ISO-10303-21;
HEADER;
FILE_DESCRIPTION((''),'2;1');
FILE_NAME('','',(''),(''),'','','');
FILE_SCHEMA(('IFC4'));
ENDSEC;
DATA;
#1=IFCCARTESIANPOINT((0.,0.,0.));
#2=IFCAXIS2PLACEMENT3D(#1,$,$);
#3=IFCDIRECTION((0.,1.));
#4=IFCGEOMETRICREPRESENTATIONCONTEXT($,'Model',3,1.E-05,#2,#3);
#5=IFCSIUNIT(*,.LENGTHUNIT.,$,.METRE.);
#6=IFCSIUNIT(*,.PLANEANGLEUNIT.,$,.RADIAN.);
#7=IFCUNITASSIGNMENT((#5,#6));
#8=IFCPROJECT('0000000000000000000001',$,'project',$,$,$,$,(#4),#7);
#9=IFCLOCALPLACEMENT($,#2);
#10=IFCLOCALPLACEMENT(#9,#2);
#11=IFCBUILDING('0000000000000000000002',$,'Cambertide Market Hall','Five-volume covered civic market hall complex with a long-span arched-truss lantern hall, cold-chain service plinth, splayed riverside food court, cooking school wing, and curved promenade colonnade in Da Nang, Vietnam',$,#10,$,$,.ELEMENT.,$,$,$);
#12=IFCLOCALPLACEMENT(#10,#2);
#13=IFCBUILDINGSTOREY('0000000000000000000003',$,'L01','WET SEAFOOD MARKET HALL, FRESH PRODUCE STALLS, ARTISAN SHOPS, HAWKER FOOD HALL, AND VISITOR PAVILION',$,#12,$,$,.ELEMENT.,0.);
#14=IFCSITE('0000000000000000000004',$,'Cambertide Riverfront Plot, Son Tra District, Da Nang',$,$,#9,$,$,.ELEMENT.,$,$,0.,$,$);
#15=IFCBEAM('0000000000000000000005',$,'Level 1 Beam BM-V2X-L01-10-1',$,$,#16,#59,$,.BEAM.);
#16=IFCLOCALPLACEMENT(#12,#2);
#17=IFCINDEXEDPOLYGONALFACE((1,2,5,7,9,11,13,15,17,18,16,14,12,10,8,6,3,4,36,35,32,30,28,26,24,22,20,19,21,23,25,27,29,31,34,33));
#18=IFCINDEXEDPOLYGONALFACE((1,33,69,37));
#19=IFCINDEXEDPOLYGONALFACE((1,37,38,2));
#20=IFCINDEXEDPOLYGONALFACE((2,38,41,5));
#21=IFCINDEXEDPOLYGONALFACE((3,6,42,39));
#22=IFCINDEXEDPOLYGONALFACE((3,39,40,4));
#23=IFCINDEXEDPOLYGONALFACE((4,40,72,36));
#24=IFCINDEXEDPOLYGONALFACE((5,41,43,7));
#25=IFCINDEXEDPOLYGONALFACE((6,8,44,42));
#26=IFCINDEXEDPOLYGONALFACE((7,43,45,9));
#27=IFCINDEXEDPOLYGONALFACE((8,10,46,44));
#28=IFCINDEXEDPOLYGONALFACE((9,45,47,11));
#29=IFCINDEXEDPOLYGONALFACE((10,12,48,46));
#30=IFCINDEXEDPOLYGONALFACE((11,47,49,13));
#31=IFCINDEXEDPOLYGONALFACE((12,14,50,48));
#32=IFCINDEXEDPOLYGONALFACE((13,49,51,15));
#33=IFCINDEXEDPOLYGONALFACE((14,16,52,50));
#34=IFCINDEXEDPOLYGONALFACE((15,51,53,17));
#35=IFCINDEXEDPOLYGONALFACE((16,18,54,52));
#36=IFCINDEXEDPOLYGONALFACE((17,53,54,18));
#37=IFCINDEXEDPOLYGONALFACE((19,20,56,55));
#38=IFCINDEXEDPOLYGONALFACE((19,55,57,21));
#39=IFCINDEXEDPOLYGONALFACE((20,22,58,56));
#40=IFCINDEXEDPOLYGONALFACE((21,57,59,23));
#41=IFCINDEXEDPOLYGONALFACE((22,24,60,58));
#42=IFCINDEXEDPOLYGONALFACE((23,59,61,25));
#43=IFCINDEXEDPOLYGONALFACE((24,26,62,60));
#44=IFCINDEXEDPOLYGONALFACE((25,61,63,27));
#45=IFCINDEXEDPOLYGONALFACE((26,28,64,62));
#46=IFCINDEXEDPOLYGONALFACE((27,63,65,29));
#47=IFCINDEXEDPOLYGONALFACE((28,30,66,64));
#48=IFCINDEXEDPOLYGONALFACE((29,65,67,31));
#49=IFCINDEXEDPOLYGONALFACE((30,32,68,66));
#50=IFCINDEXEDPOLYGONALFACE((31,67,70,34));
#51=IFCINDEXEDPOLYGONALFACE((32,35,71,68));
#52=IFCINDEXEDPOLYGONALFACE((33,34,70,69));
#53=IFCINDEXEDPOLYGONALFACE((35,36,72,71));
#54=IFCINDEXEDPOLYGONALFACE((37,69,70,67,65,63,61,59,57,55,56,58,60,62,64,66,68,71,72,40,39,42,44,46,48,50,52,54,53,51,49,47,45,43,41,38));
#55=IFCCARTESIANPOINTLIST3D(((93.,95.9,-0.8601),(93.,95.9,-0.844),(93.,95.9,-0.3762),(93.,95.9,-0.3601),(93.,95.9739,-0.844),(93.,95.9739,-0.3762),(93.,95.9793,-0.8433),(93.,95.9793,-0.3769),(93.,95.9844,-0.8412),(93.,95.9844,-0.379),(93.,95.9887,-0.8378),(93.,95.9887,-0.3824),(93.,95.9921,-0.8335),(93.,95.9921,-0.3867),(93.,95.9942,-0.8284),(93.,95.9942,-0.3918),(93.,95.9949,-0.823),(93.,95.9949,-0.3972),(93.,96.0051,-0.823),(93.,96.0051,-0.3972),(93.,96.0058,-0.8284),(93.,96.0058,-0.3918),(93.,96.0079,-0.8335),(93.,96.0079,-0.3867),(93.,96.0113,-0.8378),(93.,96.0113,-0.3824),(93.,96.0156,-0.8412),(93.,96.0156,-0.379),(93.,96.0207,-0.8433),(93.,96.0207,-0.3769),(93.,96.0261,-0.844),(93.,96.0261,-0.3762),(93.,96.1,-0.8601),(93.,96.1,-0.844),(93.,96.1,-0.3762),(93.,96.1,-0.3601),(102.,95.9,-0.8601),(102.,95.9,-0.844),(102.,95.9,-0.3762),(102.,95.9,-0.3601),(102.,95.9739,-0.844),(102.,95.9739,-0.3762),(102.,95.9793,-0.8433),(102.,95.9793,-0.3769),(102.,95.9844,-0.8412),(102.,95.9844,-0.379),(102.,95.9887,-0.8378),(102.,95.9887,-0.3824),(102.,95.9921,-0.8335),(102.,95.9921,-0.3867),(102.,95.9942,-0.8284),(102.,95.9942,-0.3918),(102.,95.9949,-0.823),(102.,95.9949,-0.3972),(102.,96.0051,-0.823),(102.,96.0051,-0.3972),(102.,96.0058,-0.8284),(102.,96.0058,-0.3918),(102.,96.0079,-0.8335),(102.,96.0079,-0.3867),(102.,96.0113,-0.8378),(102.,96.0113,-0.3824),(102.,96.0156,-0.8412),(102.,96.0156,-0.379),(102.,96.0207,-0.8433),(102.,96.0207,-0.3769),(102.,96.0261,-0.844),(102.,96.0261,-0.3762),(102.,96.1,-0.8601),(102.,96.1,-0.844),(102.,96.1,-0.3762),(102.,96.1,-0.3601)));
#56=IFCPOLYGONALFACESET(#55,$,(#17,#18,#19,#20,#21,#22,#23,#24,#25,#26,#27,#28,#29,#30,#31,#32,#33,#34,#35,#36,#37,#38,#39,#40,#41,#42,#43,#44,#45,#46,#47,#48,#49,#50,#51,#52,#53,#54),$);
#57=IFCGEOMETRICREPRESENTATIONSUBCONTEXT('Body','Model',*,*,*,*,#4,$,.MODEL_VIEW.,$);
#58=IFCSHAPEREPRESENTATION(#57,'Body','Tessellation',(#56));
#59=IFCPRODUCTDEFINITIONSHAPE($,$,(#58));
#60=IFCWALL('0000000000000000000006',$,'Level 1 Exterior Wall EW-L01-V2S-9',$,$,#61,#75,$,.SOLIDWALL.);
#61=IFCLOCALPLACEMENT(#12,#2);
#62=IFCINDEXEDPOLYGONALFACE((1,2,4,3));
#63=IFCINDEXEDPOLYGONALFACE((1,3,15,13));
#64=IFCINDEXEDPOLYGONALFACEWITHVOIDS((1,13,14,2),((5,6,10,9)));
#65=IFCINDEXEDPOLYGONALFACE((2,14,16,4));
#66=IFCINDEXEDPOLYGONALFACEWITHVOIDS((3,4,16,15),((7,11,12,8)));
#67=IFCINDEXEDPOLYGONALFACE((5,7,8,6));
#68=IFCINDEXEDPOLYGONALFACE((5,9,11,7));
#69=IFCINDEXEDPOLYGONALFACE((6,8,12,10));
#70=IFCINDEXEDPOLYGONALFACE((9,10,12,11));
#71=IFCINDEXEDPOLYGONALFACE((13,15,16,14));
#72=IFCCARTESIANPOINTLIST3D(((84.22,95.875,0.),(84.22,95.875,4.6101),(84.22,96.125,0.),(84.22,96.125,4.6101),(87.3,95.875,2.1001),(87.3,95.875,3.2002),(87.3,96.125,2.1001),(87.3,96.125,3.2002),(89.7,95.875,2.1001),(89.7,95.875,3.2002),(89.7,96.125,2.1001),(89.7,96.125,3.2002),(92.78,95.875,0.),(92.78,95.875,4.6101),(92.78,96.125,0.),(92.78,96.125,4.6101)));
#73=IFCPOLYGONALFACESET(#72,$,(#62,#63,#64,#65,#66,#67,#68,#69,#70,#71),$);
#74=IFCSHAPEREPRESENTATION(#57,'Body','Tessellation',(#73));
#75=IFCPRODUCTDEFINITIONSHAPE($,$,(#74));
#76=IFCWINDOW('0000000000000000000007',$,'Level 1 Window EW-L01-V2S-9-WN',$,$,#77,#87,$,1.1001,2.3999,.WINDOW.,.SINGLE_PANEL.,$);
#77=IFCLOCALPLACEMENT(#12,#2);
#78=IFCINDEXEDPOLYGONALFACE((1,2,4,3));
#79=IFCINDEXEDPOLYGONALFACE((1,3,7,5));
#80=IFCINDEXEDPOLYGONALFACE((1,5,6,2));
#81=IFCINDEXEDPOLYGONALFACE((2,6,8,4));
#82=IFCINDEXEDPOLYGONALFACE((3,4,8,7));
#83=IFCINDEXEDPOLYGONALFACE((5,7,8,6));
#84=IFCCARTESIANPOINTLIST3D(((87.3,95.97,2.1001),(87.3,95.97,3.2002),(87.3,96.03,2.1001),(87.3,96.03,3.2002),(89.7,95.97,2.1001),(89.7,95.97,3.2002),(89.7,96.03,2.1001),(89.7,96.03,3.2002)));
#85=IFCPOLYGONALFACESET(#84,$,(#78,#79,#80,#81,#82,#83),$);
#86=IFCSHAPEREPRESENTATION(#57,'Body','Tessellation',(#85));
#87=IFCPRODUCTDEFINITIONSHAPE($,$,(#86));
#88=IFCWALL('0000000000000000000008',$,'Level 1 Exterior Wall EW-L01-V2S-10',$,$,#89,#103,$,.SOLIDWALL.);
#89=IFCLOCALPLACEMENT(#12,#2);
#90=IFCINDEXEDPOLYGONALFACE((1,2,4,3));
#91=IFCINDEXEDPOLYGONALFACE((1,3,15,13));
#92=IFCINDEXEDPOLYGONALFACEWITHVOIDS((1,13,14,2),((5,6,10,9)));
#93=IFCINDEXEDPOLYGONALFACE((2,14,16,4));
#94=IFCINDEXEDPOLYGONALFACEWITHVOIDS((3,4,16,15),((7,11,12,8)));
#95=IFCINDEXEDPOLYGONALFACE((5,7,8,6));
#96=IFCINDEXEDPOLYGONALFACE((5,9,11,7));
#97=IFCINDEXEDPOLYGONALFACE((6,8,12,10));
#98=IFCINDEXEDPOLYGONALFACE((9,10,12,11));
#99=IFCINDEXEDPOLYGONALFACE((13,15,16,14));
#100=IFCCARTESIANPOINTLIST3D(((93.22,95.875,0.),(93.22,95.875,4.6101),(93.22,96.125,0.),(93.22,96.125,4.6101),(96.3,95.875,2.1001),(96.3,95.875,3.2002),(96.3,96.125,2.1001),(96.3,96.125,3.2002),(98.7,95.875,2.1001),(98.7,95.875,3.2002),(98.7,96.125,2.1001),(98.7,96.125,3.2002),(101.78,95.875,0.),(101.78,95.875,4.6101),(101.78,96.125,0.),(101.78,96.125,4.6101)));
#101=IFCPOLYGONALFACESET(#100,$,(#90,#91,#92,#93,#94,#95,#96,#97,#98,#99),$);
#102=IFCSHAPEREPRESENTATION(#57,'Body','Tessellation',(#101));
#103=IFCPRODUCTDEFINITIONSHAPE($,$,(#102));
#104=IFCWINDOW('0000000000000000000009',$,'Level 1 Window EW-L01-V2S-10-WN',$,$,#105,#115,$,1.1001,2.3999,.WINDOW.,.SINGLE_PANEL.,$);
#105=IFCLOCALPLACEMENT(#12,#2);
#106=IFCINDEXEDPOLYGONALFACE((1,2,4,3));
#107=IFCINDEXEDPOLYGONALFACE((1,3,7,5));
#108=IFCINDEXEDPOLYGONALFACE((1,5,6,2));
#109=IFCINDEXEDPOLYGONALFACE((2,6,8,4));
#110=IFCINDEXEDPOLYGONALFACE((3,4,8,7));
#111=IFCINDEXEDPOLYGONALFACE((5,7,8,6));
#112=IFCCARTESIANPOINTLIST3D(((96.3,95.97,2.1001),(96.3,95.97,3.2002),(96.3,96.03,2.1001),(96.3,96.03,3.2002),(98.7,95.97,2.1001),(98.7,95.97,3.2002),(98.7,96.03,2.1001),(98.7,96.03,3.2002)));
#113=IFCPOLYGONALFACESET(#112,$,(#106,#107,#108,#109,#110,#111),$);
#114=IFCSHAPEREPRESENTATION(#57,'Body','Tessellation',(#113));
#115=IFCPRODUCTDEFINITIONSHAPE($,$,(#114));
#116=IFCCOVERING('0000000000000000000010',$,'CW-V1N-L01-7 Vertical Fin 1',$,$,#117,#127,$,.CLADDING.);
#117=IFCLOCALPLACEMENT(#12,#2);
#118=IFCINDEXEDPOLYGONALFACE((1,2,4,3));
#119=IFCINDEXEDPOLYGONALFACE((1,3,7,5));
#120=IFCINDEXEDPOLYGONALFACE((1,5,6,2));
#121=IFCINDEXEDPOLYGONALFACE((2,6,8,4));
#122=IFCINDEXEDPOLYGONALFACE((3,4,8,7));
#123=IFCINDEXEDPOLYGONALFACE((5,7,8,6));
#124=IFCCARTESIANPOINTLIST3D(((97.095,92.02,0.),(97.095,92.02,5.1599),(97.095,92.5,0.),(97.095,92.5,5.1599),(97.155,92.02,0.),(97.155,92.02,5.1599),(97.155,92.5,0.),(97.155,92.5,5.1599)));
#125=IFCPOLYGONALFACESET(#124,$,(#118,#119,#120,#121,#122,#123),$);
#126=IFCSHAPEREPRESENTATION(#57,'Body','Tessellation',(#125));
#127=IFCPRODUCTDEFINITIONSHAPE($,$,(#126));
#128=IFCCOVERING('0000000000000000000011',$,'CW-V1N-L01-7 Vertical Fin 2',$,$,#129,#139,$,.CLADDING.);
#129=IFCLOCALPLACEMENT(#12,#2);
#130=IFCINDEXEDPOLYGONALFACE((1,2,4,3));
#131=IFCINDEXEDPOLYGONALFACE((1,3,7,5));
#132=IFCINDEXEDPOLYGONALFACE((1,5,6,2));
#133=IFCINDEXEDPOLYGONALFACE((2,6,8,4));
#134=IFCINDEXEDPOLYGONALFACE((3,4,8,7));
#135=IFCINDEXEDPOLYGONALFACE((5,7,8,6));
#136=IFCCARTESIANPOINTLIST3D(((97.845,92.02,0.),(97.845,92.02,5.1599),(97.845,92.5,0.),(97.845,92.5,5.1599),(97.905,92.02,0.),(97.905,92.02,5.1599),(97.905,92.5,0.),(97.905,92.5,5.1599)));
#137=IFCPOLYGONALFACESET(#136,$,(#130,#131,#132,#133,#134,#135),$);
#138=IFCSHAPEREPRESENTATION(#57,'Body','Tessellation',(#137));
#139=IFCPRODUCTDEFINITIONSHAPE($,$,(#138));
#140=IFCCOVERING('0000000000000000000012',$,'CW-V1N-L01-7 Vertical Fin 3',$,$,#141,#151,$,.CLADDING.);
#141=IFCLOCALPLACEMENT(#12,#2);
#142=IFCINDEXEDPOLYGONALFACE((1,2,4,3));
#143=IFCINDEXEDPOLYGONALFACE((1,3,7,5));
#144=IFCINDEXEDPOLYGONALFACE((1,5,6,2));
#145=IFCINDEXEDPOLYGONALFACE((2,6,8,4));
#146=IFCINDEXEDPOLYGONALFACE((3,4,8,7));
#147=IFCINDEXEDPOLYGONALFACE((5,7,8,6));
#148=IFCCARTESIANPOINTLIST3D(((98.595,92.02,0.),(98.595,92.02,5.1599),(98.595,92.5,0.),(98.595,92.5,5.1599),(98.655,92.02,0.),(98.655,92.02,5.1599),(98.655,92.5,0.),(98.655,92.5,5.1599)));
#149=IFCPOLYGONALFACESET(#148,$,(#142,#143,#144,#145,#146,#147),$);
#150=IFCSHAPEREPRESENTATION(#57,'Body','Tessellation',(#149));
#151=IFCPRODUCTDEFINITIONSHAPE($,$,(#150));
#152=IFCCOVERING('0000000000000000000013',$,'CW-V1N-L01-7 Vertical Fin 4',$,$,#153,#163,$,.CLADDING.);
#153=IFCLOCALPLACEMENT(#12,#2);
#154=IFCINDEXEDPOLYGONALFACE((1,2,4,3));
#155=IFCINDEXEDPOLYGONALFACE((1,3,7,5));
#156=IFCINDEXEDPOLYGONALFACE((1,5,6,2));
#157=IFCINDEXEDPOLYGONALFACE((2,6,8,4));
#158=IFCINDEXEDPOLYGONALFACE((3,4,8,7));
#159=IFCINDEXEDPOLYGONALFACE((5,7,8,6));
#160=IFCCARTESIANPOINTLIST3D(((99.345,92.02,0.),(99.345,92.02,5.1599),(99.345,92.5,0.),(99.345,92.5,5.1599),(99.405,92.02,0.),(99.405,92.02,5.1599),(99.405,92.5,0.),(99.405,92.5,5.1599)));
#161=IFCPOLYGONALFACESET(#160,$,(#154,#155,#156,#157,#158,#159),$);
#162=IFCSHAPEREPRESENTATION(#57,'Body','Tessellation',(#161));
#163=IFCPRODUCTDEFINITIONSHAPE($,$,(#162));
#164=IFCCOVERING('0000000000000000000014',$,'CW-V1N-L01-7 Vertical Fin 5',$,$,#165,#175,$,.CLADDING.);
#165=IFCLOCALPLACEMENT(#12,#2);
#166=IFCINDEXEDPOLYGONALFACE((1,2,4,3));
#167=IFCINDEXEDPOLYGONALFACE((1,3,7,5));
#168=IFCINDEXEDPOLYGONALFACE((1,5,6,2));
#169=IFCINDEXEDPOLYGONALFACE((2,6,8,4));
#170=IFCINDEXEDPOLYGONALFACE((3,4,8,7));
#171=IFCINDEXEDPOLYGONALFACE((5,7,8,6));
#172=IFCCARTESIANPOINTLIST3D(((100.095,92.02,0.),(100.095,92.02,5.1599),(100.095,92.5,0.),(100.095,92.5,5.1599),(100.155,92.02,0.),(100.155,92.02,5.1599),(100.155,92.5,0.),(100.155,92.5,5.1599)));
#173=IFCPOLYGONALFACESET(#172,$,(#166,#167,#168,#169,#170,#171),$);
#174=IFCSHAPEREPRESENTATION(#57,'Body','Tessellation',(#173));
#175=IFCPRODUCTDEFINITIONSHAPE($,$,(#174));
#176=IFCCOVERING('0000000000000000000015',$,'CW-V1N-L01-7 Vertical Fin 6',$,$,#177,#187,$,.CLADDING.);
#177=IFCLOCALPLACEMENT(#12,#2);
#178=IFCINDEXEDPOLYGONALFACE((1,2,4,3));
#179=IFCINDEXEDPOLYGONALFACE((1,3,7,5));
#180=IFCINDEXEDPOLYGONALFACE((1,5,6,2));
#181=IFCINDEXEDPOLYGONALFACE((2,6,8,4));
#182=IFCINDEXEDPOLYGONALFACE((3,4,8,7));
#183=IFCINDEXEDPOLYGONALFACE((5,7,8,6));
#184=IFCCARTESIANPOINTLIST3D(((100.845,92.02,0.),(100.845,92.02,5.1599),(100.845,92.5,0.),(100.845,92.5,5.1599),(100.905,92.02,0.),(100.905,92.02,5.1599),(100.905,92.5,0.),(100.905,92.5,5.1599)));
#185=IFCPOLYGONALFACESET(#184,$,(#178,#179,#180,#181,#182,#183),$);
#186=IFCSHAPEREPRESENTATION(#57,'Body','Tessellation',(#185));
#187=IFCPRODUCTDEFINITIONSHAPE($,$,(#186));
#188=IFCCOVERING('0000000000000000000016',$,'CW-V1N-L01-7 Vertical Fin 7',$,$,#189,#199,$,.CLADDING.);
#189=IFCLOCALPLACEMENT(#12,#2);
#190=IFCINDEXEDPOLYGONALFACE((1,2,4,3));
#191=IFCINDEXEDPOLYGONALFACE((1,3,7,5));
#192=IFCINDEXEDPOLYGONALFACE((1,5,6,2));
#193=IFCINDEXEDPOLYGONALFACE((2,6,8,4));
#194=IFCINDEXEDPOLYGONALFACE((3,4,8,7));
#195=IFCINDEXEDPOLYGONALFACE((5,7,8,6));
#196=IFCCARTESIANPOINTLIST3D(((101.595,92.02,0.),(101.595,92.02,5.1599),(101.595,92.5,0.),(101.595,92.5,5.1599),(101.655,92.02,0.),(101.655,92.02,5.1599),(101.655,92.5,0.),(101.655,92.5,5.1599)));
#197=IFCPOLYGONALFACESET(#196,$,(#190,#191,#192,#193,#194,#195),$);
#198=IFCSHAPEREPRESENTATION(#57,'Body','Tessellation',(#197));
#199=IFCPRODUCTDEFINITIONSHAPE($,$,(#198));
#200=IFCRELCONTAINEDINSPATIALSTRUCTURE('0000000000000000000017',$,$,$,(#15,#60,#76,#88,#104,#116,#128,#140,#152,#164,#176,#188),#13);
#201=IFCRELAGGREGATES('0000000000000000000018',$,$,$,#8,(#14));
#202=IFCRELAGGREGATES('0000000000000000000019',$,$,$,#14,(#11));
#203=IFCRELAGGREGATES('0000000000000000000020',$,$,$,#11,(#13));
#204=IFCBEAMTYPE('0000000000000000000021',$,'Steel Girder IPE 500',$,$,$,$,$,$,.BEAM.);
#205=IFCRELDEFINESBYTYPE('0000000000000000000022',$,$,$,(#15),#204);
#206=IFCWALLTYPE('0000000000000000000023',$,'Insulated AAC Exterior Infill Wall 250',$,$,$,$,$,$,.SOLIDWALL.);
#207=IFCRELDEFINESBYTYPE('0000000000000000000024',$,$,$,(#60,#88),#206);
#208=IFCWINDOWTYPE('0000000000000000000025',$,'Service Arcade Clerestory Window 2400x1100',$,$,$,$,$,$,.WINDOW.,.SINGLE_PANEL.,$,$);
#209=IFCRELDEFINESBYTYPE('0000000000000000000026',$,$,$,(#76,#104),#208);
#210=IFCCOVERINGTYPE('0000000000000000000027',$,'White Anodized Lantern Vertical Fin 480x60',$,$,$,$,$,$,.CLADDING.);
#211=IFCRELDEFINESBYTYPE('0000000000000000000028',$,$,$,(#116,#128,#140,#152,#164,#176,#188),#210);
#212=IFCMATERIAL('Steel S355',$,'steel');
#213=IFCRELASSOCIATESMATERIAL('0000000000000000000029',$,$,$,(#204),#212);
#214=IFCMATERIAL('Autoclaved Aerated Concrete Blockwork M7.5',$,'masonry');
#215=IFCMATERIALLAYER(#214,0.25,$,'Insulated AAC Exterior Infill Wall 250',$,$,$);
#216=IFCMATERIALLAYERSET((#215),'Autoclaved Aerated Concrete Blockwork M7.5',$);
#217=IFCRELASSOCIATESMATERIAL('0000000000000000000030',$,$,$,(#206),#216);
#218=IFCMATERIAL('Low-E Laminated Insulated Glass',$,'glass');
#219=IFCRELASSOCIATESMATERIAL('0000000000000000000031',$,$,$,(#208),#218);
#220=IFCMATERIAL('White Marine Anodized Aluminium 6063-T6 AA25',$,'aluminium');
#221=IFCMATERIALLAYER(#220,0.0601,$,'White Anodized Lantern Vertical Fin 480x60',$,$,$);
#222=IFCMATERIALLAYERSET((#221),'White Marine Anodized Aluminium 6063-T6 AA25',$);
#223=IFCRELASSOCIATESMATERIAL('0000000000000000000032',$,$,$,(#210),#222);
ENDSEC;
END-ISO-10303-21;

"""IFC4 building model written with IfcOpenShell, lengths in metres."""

from ifc_helpers import new_model, si_unit, direction, frame, frame_2d, origin, origin_2d, place, context, subcontext, project, spatial, rectangle, i_section, extrude, material, layer, layer_set, material_profile, profile_set, type_object, element, fill, save


model = new_model("IFC4")

# Units and contexts
model_context = context("Model", 3, precision=1e-05, world=origin(), true_north=direction((0.0, 1.0)))
body_context = subcontext(model_context, "Body", "Model", "MODEL_VIEW")
ifc_project = project(units=[si_unit("LENGTHUNIT", "METRE"), si_unit("PLANEANGLEUNIT", "RADIAN")], contexts=[model_context])

# Site, building, storey
site_placement = place(None, origin())
site = spatial("IfcSite", under=ifc_project, at=site_placement, Name="Cambertide Riverfront Plot, Son Tra District, Da Nang", CompositionType="ELEMENT", RefElevation=0.0)
building_placement = place(site_placement, origin())
building = spatial("IfcBuilding", under=site, at=building_placement, Name="Cambertide Market Hall", Description="Five-volume covered civic market hall complex with a long-span arched-truss lantern hall, cold-chain service plinth, splayed riverside food court, cooking school wing, and curved promenade colonnade in Da Nang, Vietnam", CompositionType="ELEMENT")
storey_placement = place(building_placement, origin())
storey = spatial("IfcBuildingStorey", under=building, at=storey_placement, Name="L01", Description="WET SEAFOOD MARKET HALL, FRESH PRODUCE STALLS, ARTISAN SHOPS, HAWKER FOOD HALL, AND VISITOR PAVILION", CompositionType="ELEMENT", Elevation=0.0)

# Beam
ifc_material_1 = material(Name="Steel S355", Category="steel")
ifc_material_profile_1 = material_profile(ifc_material_1, i_section(OverallWidth=0.2, OverallDepth=0.5, WebThickness=0.0103, FlangeThickness=0.0161, FilletRadius=0.021, at=origin_2d()), Name="IPE 500")
ifc_profile_set_1 = profile_set([ifc_material_profile_1], Name="Steel S355")
beam_type_1 = type_object("IfcBeamType", Name="Steel Girder IPE 500", PredefinedType="BEAM", material=ifc_profile_set_1)
beam_1_placement = place(storey_placement, frame((93.0, 96.0, -0.6101), z_axis=(1.0, 0.0, 0.0), x_axis=(0.0, 1.0, 0.0)))
element("IfcBeam", 1, at=beam_1_placement, inside=storey, type_object=beam_type_1, Name="Level 1 Beam BM-V2X-L01-10-1", PredefinedType="BEAM", context=body_context, shape_type="SweptSolid", body=[
    extrude(i_section(OverallWidth=0.2, OverallDepth=0.5, WebThickness=0.0103, FlangeThickness=0.0161, FilletRadius=0.021, at=origin_2d()), origin(), (0.0, 0.0, 1.0), 9.0),
])

# Walls, openings, windows
ifc_material_2 = material(Name="Autoclaved Aerated Concrete Blockwork M7.5", Category="masonry")
ifc_layer_1 = layer(ifc_material_2, 0.25, Name="Insulated AAC Exterior Infill Wall 250")
ifc_layer_set_1 = layer_set([ifc_layer_1], Name="Autoclaved Aerated Concrete Blockwork M7.5")
wall_type = type_object("IfcWallType", Name="Insulated AAC Exterior Infill Wall 250", PredefinedType="SOLIDWALL", material=ifc_layer_set_1)
wall_1_placement = place(storey_placement, frame((92.78, 96.0, 0.0), z_axis=(0.0, 0.0, 1.0), x_axis=(-1.0, 0.0, 0.0)))
wall_1 = element("IfcWall", 2, at=wall_1_placement, inside=storey, type_object=wall_type, Name="Level 1 Exterior Wall EW-L01-V2S-9", PredefinedType="SOLIDWALL", context=body_context, shape_type="SweptSolid", body=[
    extrude(rectangle(XDim=8.5601, YDim=0.25, at=frame_2d((4.28, 0.0))), origin(), (0.0, 0.0, 1.0), 4.6101),
])
opening_1_placement = place(wall_1_placement, frame((3.0801, 0.0, 2.1001)))
opening_1 = element("IfcOpeningElement", 3, at=opening_1_placement, cuts=wall_1, PredefinedType="OPENING", context=body_context, shape_type="SweptSolid", body=[
    extrude(rectangle(XDim=2.3999, YDim=1.1001, at=frame_2d((1.2, 0.55))), frame((0.0, 0.135, 0.0), z_axis=(0.0, -1.0, 0.0), x_axis=(1.0, 0.0, 0.0)), (0.0, 0.0, 1.0), 0.27),
])
ifc_material_3 = material(Name="Low-E Laminated Insulated Glass", Category="glass")
window_type = type_object("IfcWindowType", Name="Service Arcade Clerestory Window 2400x1100", PartitioningType="SINGLE_PANEL", PredefinedType="WINDOW", material=ifc_material_3)
window_1_placement = place(opening_1_placement, origin())
window_1 = element("IfcWindow", 4, at=window_1_placement, inside=storey, type_object=window_type, Name="Level 1 Window EW-L01-V2S-9-WN", OverallHeight=1.1001, OverallWidth=2.3999, PartitioningType="SINGLE_PANEL", PredefinedType="WINDOW", context=body_context, shape_type="SweptSolid", body=[
    extrude(rectangle(XDim=2.3999, YDim=1.1001, at=frame_2d((1.2, 0.55))), frame((0.0, 0.03, 0.0), z_axis=(0.0, -1.0, 0.0), x_axis=(1.0, 0.0, 0.0)), (0.0, 0.0, 1.0), 0.0601),
])
fill(opening_1, window_1)
wall_2_placement = place(storey_placement, frame((101.78, 96.0, 0.0), z_axis=(0.0, 0.0, 1.0), x_axis=(-1.0, 0.0, 0.0)))
wall_2 = element("IfcWall", 5, at=wall_2_placement, inside=storey, type_object=wall_type, Name="Level 1 Exterior Wall EW-L01-V2S-10", PredefinedType="SOLIDWALL", context=body_context, shape_type="SweptSolid", body=[
    extrude(rectangle(XDim=8.5601, YDim=0.25, at=frame_2d((4.28, 0.0))), origin(), (0.0, 0.0, 1.0), 4.6101),
])
opening_2_placement = place(wall_2_placement, frame((3.0801, 0.0, 2.1001)))
opening_2 = element("IfcOpeningElement", 6, at=opening_2_placement, cuts=wall_2, PredefinedType="OPENING", context=body_context, shape_type="SweptSolid", body=[
    extrude(rectangle(XDim=2.3999, YDim=1.1001, at=frame_2d((1.2, 0.55))), frame((0.0, 0.135, 0.0), z_axis=(0.0, -1.0, 0.0), x_axis=(1.0, 0.0, 0.0)), (0.0, 0.0, 1.0), 0.27),
])
window_2_placement = place(opening_2_placement, origin())
window_2 = element("IfcWindow", 7, at=window_2_placement, inside=storey, type_object=window_type, Name="Level 1 Window EW-L01-V2S-10-WN", OverallHeight=1.1001, OverallWidth=2.3999, PartitioningType="SINGLE_PANEL", PredefinedType="WINDOW", context=body_context, shape_type="SweptSolid", body=[
    extrude(rectangle(XDim=2.3999, YDim=1.1001, at=frame_2d((1.2, 0.55))), frame((0.0, 0.03, 0.0), z_axis=(0.0, -1.0, 0.0), x_axis=(1.0, 0.0, 0.0)), (0.0, 0.0, 1.0), 0.0601),
])
fill(opening_2, window_2)

# Coverings
ifc_material_4 = material(Name="White Marine Anodized Aluminium 6063-T6 AA25", Category="aluminium")
ifc_layer_2 = layer(ifc_material_4, 0.0601, Name="White Anodized Lantern Vertical Fin 480x60")
ifc_layer_set_2 = layer_set([ifc_layer_2], Name="White Marine Anodized Aluminium 6063-T6 AA25")
covering_type = type_object("IfcCoveringType", Name="White Anodized Lantern Vertical Fin 480x60", PredefinedType="CLADDING", material=ifc_layer_set_2)
for number, where, z_axis, x_axis, name in (
    (8, (97.125, 92.26, 0.0), (0.0, 0.0, 1.0), (1.0, 0.0, 0.0), "CW-V1N-L01-7 Vertical Fin 1"),
    (9, (97.875, 92.26, 0.0), (0.0, 0.0, 1.0), (1.0, 0.0, 0.0), "CW-V1N-L01-7 Vertical Fin 2"),
    (10, (98.625, 92.26, 0.0), (0.0, 0.0, 1.0), (1.0, 0.0, 0.0), "CW-V1N-L01-7 Vertical Fin 3"),
    (11, (99.375, 92.26, 0.0), (0.0, 0.0, 1.0), (1.0, 0.0, 0.0), "CW-V1N-L01-7 Vertical Fin 4"),
    (12, (100.125, 92.26, 0.0), (0.0, 0.0, 1.0), (1.0, 0.0, 0.0), "CW-V1N-L01-7 Vertical Fin 5"),
    (13, (100.875, 92.26, 0.0), (0.0, 0.0, 1.0), (1.0, 0.0, 0.0), "CW-V1N-L01-7 Vertical Fin 6"),
    (14, (101.625, 92.26, 0.0), (0.0, 0.0, 1.0), (1.0, 0.0, 0.0), "CW-V1N-L01-7 Vertical Fin 7"),
):
    element("IfcCovering", number, at=place(storey_placement, frame(where, z_axis=z_axis, x_axis=x_axis)), inside=storey, type_object=covering_type, Name=name, PredefinedType="CLADDING", context=body_context, shape_type="SweptSolid", body=[
        extrude(rectangle(XDim=0.0601, YDim=0.48, at=origin_2d()), origin(), (0.0, 0.0, 1.0), 5.1599),
    ])

save(model, "model.ifc")
